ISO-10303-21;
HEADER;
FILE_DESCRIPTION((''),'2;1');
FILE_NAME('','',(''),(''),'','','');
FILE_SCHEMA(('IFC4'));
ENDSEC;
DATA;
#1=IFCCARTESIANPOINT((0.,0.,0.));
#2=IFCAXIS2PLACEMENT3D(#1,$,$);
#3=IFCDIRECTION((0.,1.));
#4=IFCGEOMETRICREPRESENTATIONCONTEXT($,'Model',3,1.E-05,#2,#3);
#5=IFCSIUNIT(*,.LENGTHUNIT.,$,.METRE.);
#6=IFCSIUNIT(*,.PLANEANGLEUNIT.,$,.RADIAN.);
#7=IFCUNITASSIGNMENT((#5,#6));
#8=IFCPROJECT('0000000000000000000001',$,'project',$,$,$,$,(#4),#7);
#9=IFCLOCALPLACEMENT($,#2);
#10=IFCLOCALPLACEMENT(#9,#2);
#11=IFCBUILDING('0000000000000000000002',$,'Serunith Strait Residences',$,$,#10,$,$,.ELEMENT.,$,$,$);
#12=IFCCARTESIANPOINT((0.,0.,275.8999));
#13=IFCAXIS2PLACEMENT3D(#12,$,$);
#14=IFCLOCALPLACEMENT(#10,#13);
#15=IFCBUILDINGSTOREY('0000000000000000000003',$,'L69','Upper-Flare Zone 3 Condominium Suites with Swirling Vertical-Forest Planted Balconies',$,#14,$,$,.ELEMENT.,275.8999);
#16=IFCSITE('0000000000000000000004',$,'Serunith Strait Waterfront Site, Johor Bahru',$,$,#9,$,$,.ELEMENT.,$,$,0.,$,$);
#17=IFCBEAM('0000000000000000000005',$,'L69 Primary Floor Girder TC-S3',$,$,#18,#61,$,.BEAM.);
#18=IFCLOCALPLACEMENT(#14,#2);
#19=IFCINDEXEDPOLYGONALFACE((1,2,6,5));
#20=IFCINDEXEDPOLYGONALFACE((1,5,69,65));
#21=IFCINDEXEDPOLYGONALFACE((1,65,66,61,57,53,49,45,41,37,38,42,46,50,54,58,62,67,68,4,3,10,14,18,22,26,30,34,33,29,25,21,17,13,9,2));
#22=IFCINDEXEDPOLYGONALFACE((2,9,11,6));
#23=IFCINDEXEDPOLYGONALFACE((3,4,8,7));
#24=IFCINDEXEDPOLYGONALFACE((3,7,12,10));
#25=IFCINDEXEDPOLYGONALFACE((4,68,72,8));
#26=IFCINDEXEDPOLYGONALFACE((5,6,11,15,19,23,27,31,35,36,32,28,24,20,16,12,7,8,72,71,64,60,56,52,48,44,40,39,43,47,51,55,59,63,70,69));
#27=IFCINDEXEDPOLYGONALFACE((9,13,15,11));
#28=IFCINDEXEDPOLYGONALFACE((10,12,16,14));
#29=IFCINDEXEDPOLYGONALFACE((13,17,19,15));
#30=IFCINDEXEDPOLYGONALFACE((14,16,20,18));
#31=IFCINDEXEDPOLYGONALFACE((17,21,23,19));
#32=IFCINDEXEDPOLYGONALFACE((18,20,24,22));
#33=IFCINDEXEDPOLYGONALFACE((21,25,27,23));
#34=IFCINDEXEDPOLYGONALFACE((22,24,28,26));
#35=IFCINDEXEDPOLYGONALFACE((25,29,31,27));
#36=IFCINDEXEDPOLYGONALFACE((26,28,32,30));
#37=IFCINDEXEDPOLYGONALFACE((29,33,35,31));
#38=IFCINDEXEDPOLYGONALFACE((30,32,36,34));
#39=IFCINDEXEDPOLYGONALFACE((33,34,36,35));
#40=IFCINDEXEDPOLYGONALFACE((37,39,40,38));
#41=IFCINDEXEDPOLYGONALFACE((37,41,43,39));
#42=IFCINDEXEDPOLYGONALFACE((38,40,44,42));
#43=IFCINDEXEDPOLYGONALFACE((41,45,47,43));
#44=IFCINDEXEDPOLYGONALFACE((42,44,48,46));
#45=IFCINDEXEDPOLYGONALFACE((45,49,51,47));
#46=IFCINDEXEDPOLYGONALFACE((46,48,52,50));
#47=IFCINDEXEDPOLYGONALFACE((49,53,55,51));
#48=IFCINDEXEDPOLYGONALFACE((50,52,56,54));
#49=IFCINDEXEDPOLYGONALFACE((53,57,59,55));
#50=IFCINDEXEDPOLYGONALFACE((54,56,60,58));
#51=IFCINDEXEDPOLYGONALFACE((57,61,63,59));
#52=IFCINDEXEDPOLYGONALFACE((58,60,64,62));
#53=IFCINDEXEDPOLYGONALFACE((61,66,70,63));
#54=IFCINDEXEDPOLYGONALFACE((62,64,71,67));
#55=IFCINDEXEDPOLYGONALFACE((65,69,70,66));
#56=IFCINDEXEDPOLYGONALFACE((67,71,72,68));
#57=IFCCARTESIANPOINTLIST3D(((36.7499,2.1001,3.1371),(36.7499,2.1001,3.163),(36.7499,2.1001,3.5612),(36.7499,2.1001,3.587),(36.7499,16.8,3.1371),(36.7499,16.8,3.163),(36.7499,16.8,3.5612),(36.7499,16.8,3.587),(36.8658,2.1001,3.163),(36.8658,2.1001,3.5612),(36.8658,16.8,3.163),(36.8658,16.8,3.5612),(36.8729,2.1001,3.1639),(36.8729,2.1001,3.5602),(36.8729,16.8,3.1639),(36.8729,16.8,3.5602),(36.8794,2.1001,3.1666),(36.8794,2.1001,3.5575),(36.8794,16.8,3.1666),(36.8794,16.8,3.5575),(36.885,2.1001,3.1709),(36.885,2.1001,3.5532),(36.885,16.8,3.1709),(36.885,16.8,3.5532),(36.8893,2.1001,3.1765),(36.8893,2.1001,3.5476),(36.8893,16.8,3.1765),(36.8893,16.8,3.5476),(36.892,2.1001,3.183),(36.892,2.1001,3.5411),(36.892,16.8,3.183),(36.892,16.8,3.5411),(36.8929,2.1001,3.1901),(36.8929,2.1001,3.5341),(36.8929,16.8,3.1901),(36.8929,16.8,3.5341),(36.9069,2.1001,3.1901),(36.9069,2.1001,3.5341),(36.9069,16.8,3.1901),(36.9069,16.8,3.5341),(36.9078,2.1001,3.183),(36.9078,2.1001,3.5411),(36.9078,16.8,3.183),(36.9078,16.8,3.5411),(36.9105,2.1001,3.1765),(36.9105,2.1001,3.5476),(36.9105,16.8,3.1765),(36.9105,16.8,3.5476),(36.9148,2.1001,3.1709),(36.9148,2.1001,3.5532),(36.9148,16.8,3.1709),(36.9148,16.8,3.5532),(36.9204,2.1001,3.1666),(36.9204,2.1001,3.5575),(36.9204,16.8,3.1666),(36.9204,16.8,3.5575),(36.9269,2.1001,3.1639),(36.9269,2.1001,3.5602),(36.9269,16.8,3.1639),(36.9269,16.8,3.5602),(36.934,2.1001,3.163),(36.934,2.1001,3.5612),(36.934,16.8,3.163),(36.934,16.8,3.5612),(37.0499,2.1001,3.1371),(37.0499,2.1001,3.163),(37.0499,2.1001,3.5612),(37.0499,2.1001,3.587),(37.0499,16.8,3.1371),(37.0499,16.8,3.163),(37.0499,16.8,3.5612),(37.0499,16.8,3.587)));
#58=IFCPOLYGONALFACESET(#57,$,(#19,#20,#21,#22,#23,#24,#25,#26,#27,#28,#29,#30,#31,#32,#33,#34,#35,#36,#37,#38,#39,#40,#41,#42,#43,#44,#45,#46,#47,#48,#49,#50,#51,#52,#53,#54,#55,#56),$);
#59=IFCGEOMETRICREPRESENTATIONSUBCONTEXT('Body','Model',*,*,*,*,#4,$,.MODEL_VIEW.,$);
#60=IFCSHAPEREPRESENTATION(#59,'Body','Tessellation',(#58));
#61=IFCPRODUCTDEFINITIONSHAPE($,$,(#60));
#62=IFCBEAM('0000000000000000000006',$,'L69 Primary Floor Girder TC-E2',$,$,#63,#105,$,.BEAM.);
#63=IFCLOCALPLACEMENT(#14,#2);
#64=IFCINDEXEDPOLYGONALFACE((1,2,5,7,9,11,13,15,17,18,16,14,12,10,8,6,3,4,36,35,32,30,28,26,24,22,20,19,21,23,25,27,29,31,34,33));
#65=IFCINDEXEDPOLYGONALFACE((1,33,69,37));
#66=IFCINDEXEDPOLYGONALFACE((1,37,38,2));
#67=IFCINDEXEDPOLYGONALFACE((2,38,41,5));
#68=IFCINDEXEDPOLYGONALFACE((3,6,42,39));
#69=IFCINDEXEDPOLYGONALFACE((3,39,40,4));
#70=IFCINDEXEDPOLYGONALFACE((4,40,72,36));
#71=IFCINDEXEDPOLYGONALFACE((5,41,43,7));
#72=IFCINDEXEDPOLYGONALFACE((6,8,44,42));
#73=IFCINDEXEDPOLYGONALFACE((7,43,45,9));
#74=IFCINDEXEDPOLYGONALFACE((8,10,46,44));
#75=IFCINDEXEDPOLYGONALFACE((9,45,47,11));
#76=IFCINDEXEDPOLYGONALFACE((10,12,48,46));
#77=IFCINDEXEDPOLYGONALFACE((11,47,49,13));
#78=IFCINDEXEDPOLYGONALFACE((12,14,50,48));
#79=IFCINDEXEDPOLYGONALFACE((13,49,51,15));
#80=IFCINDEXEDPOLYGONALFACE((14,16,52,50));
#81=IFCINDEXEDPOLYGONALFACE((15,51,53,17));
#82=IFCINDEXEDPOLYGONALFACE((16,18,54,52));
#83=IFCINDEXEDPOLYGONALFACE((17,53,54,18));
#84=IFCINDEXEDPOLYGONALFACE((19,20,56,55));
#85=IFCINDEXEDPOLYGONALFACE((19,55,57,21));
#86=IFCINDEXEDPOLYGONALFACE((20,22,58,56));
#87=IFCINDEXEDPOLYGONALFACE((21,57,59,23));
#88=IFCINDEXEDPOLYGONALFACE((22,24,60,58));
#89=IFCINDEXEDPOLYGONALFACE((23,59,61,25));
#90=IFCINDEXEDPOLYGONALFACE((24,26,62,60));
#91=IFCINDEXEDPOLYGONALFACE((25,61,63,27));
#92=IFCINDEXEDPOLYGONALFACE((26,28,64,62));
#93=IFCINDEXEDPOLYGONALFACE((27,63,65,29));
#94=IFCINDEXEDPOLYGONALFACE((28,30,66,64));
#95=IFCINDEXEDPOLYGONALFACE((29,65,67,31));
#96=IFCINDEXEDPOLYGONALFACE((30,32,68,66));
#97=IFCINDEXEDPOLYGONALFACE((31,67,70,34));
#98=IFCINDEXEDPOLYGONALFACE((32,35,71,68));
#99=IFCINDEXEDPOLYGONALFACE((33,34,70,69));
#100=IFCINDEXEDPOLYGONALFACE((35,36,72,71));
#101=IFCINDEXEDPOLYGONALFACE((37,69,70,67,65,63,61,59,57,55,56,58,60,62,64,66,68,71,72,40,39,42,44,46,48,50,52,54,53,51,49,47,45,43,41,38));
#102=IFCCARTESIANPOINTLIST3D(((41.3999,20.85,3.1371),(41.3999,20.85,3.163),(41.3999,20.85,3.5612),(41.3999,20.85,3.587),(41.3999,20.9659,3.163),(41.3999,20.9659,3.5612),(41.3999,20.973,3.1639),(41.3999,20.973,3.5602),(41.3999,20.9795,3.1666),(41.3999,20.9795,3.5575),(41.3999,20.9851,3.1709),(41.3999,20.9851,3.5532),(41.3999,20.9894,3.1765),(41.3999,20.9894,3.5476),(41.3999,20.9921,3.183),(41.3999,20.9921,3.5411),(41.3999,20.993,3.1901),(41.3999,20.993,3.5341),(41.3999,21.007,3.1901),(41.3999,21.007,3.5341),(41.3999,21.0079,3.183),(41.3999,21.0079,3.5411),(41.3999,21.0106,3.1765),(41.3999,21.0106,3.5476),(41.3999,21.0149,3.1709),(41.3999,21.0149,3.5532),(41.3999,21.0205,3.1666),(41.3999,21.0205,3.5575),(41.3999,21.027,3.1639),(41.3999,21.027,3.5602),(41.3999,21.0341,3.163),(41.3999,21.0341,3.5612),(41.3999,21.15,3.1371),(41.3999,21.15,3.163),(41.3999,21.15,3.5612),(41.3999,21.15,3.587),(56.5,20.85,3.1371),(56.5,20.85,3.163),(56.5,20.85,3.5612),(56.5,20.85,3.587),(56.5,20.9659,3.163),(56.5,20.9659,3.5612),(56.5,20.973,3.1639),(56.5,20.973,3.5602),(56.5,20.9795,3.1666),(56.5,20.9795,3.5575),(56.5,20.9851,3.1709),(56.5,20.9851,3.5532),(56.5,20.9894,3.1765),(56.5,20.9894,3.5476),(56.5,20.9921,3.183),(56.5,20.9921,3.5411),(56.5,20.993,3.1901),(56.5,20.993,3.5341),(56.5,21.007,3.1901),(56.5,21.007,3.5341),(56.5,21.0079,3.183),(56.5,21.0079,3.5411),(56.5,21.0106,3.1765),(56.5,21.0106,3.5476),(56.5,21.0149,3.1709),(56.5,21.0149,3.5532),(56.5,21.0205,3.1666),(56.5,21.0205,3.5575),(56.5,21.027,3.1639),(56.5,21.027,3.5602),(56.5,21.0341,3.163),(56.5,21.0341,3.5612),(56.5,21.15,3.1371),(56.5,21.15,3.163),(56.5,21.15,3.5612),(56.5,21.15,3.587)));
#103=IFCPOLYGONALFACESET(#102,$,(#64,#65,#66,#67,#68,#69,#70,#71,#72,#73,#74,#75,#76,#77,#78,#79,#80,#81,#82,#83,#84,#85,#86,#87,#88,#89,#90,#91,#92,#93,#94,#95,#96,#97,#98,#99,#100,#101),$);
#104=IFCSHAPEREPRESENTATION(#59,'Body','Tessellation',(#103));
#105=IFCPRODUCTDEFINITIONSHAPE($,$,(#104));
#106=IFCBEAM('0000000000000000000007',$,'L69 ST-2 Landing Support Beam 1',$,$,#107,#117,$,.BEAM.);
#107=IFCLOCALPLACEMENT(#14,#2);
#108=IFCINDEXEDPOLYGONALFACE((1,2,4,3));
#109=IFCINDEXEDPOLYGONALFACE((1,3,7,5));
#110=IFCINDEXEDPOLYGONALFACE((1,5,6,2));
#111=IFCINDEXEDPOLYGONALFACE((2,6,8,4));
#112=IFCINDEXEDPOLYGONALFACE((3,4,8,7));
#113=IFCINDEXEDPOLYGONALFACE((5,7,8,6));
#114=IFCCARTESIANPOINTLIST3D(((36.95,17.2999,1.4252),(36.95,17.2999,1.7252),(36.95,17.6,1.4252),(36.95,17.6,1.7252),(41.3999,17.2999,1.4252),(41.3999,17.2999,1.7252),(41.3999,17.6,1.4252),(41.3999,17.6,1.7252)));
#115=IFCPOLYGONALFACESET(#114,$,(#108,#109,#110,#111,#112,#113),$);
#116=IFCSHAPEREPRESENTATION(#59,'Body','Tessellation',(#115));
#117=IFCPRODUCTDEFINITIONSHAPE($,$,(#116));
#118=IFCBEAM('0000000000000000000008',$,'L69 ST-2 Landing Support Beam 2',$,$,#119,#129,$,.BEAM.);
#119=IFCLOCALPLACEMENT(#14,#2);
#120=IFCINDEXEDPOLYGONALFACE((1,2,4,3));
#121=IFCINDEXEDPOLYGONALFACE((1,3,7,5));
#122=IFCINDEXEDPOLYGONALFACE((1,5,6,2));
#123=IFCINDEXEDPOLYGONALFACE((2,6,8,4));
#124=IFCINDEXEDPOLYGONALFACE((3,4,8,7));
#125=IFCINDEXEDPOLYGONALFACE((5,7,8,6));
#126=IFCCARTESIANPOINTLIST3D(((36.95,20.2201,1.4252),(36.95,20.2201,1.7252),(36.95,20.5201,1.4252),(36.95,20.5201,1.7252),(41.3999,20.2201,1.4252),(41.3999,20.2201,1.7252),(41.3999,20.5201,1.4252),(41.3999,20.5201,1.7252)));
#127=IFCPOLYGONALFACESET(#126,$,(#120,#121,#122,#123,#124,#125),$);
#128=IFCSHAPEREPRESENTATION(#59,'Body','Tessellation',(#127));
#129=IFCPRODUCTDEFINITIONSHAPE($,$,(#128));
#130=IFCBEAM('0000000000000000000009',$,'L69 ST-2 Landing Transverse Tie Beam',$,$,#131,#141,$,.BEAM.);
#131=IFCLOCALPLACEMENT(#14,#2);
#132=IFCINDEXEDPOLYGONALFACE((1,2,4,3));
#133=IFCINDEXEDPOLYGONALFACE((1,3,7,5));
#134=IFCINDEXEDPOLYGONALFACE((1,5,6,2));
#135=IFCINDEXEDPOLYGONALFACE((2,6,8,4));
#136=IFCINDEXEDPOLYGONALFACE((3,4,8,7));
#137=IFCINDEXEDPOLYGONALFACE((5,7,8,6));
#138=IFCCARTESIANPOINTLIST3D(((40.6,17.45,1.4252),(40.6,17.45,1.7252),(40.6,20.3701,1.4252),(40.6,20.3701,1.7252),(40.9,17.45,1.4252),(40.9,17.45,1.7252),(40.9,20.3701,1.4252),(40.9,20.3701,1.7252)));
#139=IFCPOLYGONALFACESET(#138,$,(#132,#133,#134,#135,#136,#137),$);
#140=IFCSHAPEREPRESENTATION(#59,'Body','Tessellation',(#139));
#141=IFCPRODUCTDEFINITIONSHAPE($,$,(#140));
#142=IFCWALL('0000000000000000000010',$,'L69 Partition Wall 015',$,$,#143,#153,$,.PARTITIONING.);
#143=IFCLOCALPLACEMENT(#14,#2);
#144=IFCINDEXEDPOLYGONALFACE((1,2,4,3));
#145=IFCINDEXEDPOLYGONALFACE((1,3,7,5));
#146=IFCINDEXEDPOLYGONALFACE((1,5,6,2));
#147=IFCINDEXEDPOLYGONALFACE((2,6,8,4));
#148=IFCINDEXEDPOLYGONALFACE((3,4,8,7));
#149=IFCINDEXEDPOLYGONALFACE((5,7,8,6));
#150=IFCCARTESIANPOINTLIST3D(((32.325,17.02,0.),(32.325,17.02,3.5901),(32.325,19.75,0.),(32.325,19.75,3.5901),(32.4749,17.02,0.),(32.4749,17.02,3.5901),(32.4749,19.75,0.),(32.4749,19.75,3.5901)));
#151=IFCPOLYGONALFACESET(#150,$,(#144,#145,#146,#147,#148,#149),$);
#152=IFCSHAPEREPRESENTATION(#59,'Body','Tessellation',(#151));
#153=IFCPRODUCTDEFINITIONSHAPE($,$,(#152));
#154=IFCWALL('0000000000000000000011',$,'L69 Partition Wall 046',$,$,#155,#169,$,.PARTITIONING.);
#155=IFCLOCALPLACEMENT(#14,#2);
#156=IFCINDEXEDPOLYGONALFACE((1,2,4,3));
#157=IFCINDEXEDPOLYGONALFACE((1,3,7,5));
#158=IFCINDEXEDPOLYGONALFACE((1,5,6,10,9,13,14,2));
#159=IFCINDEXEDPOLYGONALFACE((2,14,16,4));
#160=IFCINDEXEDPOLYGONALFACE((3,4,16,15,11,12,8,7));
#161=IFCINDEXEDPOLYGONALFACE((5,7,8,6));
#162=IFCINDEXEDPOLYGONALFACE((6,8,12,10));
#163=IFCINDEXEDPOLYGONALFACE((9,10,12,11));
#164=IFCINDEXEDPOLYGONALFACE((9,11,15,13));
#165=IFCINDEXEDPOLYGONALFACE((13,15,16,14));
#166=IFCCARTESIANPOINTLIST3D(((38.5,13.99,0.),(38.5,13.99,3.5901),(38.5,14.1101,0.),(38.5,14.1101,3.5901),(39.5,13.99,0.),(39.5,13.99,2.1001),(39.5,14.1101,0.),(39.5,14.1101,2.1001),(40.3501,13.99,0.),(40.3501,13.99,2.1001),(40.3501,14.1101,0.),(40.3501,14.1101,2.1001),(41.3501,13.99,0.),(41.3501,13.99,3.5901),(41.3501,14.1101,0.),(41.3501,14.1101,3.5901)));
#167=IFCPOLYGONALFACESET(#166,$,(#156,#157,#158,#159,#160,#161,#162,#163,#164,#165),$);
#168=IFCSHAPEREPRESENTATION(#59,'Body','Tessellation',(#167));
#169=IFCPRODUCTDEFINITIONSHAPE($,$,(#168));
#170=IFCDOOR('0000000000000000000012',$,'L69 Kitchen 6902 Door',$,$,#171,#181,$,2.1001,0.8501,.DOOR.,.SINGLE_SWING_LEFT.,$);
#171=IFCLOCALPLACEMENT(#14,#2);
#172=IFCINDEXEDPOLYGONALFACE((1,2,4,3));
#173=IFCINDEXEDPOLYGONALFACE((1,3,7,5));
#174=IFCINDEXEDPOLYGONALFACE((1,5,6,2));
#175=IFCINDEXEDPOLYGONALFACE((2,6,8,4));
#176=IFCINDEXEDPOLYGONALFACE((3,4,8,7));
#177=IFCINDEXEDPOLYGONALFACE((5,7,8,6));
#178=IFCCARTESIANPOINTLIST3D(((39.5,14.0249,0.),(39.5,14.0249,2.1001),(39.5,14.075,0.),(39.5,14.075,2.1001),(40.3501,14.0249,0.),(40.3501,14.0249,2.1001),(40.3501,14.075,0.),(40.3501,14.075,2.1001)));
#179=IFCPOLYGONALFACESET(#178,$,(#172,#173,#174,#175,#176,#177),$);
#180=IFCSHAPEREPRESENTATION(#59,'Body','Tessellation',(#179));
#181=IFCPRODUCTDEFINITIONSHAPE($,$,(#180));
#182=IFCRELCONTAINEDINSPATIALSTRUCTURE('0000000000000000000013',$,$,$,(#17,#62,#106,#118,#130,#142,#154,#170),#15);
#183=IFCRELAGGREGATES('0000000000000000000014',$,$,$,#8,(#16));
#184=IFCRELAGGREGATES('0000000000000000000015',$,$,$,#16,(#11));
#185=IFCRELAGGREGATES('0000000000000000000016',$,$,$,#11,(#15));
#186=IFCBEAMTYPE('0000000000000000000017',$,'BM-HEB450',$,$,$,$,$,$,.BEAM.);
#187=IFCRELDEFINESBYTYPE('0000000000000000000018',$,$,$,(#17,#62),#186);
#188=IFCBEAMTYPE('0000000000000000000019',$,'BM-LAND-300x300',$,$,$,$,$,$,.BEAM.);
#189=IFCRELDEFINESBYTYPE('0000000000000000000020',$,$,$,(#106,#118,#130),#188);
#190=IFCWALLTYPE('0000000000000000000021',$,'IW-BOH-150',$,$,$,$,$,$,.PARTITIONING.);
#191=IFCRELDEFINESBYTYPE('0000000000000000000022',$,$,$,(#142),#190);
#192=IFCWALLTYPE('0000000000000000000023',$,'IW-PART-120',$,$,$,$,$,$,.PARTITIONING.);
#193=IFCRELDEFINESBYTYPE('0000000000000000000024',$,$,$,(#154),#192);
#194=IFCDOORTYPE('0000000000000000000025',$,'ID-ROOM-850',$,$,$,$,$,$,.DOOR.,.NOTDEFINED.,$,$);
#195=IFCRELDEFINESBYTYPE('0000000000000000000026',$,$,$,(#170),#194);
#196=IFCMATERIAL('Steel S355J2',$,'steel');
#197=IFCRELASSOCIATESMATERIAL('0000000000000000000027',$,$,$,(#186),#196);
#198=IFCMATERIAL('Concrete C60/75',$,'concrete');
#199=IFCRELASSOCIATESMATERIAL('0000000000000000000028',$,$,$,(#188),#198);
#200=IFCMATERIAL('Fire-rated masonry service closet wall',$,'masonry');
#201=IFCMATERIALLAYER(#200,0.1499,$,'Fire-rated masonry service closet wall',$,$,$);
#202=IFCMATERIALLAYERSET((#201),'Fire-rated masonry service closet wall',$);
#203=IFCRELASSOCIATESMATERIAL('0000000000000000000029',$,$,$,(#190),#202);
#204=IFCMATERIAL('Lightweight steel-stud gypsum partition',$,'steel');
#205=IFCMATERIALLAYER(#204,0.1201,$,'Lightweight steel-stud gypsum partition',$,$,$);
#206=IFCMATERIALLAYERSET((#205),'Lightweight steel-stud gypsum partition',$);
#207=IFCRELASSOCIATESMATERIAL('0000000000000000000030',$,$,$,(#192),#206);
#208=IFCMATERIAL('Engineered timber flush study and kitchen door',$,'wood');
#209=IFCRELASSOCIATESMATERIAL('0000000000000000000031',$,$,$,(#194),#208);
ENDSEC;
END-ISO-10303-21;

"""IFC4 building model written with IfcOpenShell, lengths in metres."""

from ifc_helpers import new_model, si_unit, direction, frame, frame_2d, origin, origin_2d, place, context, subcontext, project, spatial, rectangle, i_section, extrude, source, transform, mapped, material, layer, layer_set, material_profile, profile_set, type_object, element, fill, save


model = new_model("IFC4")

# Units and contexts
model_context = context("Model", 3, precision=1e-05, world=origin(), true_north=direction((0.0, 1.0)))
body_context = subcontext(model_context, "Body", "Model", "MODEL_VIEW")
ifc_project = project(units=[si_unit("LENGTHUNIT", "METRE"), si_unit("PLANEANGLEUNIT", "RADIAN")], contexts=[model_context])

# Site, building, storey
site_placement = place(None, origin())
site = spatial("IfcSite", under=ifc_project, at=site_placement, Name="Serunith Strait Waterfront Site, Johor Bahru", CompositionType="ELEMENT", RefElevation=0.0)
building_placement = place(site_placement, origin())
building = spatial("IfcBuilding", under=site, at=building_placement, Name="Serunith Strait Residences", CompositionType="ELEMENT")
storey_placement = place(building_placement, frame((0.0, 0.0, 275.8999)))
storey = spatial("IfcBuildingStorey", under=building, at=storey_placement, Name="L69", Description="Upper-Flare Zone 3 Condominium Suites with Swirling Vertical-Forest Planted Balconies", CompositionType="ELEMENT", Elevation=275.8999)

# Beams
ifc_material_1 = material(Name="Steel S355J2", Category="steel")
ifc_material_profile_1 = material_profile(ifc_material_1, i_section(OverallWidth=0.3, OverallDepth=0.45, WebThickness=0.0139, FlangeThickness=0.0259, FilletRadius=0.0271, at=origin_2d()), Name="HEB 450")
ifc_profile_set_1 = profile_set([ifc_material_profile_1], Name="Steel S355J2")
beam_type_1 = type_object("IfcBeamType", Name="BM-HEB450", PredefinedType="BEAM", material=ifc_profile_set_1)
shared_shape_1 = source(origin(), body_context, "Body", "SweptSolid", [
    extrude(i_section(OverallWidth=0.3, OverallDepth=0.45, WebThickness=0.0139, FlangeThickness=0.0259, FilletRadius=0.0271, at=origin_2d()), origin(), (0.0, 0.0, 1.0), 14.7),
])
beam_1_placement = place(storey_placement, frame((36.8999, 16.8, 3.3621), z_axis=(0.0, -1.0, 0.0), x_axis=(1.0, 0.0, 0.0)))
element("IfcBeam", 1, at=beam_1_placement, inside=storey, type_object=beam_type_1, Name="L69 Primary Floor Girder TC-S3", PredefinedType="BEAM", context=body_context, shape_type="MappedRepresentation", body=[
    mapped(shared_shape_1, transform((0.0, 0.0, 0.0), scale=1.0)),
])
shared_shape_2 = source(origin(), body_context, "Body", "SweptSolid", [
    extrude(i_section(OverallWidth=0.3, OverallDepth=0.45, WebThickness=0.0139, FlangeThickness=0.0259, FilletRadius=0.0271, at=origin_2d()), origin(), (0.0, 0.0, 1.0), 15.1001),
])
beam_2_placement = place(storey_placement, frame((41.3999, 21.0, 3.3621), z_axis=(1.0, 0.0, 0.0), x_axis=(0.0, 1.0, 0.0)))
element("IfcBeam", 2, at=beam_2_placement, inside=storey, type_object=beam_type_1, Name="L69 Primary Floor Girder TC-E2", PredefinedType="BEAM", context=body_context, shape_type="MappedRepresentation", body=[
    mapped(shared_shape_2, transform((0.0, 0.0, 0.0), scale=1.0)),
])
ifc_material_2 = material(Name="Concrete C60/75", Category="concrete")
ifc_material_profile_2 = material_profile(ifc_material_2, rectangle(XDim=0.3, YDim=0.3, at=origin_2d()), Name="RC 300x300")
ifc_profile_set_2 = profile_set([ifc_material_profile_2], Name="Concrete C60/75")
beam_type_2 = type_object("IfcBeamType", Name="BM-LAND-300x300", PredefinedType="BEAM", material=ifc_profile_set_2)
shared_shape_3 = source(origin(), body_context, "Body", "SweptSolid", [
    extrude(rectangle(XDim=0.3, YDim=0.3, at=origin_2d()), origin(), (0.0, 0.0, 1.0), 4.45),
])
for number, where, z_axis, x_axis, name in (
    (3, (36.95, 17.45, 1.5752), (1.0, 0.0, 0.0), (0.0, 1.0, 0.0), "L69 ST-2 Landing Support Beam 1"),
    (4, (36.95, 20.3701, 1.5752), (1.0, 0.0, 0.0), (0.0, 1.0, 0.0), "L69 ST-2 Landing Support Beam 2"),
):
    element("IfcBeam", number, at=place(storey_placement, frame(where, z_axis=z_axis, x_axis=x_axis)), inside=storey, type_object=beam_type_2, Name=name, PredefinedType="BEAM", context=body_context, shape_type="MappedRepresentation", body=[
        mapped(shared_shape_3, transform((0.0, 0.0, 0.0), scale=1.0)),
    ])
shared_shape_4 = source(origin(), body_context, "Body", "SweptSolid", [
    extrude(rectangle(XDim=0.3, YDim=0.3, at=origin_2d()), origin(), (0.0, 0.0, 1.0), 2.9202),
])
beam_3_placement = place(storey_placement, frame((40.75, 17.45, 1.5752), z_axis=(0.0, 1.0, 0.0), x_axis=(-1.0, 0.0, 0.0)))
element("IfcBeam", 5, at=beam_3_placement, inside=storey, type_object=beam_type_2, Name="L69 ST-2 Landing Transverse Tie Beam", PredefinedType="BEAM", context=body_context, shape_type="MappedRepresentation", body=[
    mapped(shared_shape_4, transform((0.0, 0.0, 0.0), scale=1.0)),
])

# Wall
ifc_material_3 = material(Name="Fire-rated masonry service closet wall", Category="masonry")
ifc_layer_1 = layer(ifc_material_3, 0.1499, Name="Fire-rated masonry service closet wall")
ifc_layer_set_1 = layer_set([ifc_layer_1], Name="Fire-rated masonry service closet wall")
wall_type_1 = type_object("IfcWallType", Name="IW-BOH-150", PredefinedType="PARTITIONING", material=ifc_layer_set_1)
wall_1_placement = place(storey_placement, frame((32.3999, 17.02, 0.0), z_axis=(0.0, 0.0, 1.0), x_axis=(0.0, 1.0, 0.0)))
element("IfcWall", 6, at=wall_1_placement, inside=storey, type_object=wall_type_1, Name="L69 Partition Wall 015", PredefinedType="PARTITIONING", context=body_context, shape_type="SweptSolid", body=[
    extrude(rectangle(XDim=2.73, YDim=0.1499, at=frame_2d((1.365, 0.0))), origin(), (0.0, 0.0, 1.0), 3.5901),
])

# Wall, opening, door
ifc_material_4 = material(Name="Lightweight steel-stud gypsum partition", Category="steel")
ifc_layer_2 = layer(ifc_material_4, 0.1201, Name="Lightweight steel-stud gypsum partition")
ifc_layer_set_2 = layer_set([ifc_layer_2], Name="Lightweight steel-stud gypsum partition")
wall_type_2 = type_object("IfcWallType", Name="IW-PART-120", PredefinedType="PARTITIONING", material=ifc_layer_set_2)
wall_2_placement = place(storey_placement, frame((38.5, 14.05, 0.0), z_axis=(0.0, 0.0, 1.0), x_axis=(1.0, 0.0, 0.0)))
wall_2 = element("IfcWall", 7, at=wall_2_placement, inside=storey, type_object=wall_type_2, Name="L69 Partition Wall 046", PredefinedType="PARTITIONING", context=body_context, shape_type="SweptSolid", body=[
    extrude(rectangle(XDim=2.8501, YDim=0.1201, at=frame_2d((1.425, 0.0))), origin(), (0.0, 0.0, 1.0), 3.5901),
])
opening_1_placement = place(wall_2_placement, frame((1.0, 0.0, 0.0)))
opening_1 = element("IfcOpeningElement", 8, at=opening_1_placement, cuts=wall_2, PredefinedType="OPENING", context=body_context, shape_type="SweptSolid", body=[
    extrude(rectangle(XDim=0.8501, YDim=2.1001, at=frame_2d((0.425, 1.05))), frame((0.0, 0.0701, 0.0), z_axis=(0.0, -1.0, 0.0), x_axis=(1.0, 0.0, 0.0)), (0.0, 0.0, 1.0), 0.1401),
])
ifc_material_5 = material(Name="Engineered timber flush study and kitchen door", Category="wood")
door_type_1 = type_object("IfcDoorType", Name="ID-ROOM-850", OperationType="NOTDEFINED", PredefinedType="DOOR", material=ifc_material_5)
shared_shape_5 = source(origin(), body_context, "Body", "SweptSolid", [
    extrude(rectangle(XDim=0.8501, YDim=2.1001, at=frame_2d((0.425, 1.05))), frame((0.0, 0.0249, 0.0), z_axis=(0.0, -1.0, 0.0), x_axis=(1.0, 0.0, 0.0)), (0.0, 0.0, 1.0), 0.05),
])
door_1_placement = place(opening_1_placement, origin())
door_1 = element("IfcDoor", 9, at=door_1_placement, inside=storey, type_object=door_type_1, Name="L69 Kitchen 6902 Door", OperationType="SINGLE_SWING_LEFT", OverallHeight=2.1001, OverallWidth=0.8501, PredefinedType="DOOR", context=body_context, shape_type="MappedRepresentation", body=[
    mapped(shared_shape_5, transform((0.0, 0.0, 0.0), scale=1.0)),
])
fill(opening_1, door_1)

save(model, "model.ifc")
